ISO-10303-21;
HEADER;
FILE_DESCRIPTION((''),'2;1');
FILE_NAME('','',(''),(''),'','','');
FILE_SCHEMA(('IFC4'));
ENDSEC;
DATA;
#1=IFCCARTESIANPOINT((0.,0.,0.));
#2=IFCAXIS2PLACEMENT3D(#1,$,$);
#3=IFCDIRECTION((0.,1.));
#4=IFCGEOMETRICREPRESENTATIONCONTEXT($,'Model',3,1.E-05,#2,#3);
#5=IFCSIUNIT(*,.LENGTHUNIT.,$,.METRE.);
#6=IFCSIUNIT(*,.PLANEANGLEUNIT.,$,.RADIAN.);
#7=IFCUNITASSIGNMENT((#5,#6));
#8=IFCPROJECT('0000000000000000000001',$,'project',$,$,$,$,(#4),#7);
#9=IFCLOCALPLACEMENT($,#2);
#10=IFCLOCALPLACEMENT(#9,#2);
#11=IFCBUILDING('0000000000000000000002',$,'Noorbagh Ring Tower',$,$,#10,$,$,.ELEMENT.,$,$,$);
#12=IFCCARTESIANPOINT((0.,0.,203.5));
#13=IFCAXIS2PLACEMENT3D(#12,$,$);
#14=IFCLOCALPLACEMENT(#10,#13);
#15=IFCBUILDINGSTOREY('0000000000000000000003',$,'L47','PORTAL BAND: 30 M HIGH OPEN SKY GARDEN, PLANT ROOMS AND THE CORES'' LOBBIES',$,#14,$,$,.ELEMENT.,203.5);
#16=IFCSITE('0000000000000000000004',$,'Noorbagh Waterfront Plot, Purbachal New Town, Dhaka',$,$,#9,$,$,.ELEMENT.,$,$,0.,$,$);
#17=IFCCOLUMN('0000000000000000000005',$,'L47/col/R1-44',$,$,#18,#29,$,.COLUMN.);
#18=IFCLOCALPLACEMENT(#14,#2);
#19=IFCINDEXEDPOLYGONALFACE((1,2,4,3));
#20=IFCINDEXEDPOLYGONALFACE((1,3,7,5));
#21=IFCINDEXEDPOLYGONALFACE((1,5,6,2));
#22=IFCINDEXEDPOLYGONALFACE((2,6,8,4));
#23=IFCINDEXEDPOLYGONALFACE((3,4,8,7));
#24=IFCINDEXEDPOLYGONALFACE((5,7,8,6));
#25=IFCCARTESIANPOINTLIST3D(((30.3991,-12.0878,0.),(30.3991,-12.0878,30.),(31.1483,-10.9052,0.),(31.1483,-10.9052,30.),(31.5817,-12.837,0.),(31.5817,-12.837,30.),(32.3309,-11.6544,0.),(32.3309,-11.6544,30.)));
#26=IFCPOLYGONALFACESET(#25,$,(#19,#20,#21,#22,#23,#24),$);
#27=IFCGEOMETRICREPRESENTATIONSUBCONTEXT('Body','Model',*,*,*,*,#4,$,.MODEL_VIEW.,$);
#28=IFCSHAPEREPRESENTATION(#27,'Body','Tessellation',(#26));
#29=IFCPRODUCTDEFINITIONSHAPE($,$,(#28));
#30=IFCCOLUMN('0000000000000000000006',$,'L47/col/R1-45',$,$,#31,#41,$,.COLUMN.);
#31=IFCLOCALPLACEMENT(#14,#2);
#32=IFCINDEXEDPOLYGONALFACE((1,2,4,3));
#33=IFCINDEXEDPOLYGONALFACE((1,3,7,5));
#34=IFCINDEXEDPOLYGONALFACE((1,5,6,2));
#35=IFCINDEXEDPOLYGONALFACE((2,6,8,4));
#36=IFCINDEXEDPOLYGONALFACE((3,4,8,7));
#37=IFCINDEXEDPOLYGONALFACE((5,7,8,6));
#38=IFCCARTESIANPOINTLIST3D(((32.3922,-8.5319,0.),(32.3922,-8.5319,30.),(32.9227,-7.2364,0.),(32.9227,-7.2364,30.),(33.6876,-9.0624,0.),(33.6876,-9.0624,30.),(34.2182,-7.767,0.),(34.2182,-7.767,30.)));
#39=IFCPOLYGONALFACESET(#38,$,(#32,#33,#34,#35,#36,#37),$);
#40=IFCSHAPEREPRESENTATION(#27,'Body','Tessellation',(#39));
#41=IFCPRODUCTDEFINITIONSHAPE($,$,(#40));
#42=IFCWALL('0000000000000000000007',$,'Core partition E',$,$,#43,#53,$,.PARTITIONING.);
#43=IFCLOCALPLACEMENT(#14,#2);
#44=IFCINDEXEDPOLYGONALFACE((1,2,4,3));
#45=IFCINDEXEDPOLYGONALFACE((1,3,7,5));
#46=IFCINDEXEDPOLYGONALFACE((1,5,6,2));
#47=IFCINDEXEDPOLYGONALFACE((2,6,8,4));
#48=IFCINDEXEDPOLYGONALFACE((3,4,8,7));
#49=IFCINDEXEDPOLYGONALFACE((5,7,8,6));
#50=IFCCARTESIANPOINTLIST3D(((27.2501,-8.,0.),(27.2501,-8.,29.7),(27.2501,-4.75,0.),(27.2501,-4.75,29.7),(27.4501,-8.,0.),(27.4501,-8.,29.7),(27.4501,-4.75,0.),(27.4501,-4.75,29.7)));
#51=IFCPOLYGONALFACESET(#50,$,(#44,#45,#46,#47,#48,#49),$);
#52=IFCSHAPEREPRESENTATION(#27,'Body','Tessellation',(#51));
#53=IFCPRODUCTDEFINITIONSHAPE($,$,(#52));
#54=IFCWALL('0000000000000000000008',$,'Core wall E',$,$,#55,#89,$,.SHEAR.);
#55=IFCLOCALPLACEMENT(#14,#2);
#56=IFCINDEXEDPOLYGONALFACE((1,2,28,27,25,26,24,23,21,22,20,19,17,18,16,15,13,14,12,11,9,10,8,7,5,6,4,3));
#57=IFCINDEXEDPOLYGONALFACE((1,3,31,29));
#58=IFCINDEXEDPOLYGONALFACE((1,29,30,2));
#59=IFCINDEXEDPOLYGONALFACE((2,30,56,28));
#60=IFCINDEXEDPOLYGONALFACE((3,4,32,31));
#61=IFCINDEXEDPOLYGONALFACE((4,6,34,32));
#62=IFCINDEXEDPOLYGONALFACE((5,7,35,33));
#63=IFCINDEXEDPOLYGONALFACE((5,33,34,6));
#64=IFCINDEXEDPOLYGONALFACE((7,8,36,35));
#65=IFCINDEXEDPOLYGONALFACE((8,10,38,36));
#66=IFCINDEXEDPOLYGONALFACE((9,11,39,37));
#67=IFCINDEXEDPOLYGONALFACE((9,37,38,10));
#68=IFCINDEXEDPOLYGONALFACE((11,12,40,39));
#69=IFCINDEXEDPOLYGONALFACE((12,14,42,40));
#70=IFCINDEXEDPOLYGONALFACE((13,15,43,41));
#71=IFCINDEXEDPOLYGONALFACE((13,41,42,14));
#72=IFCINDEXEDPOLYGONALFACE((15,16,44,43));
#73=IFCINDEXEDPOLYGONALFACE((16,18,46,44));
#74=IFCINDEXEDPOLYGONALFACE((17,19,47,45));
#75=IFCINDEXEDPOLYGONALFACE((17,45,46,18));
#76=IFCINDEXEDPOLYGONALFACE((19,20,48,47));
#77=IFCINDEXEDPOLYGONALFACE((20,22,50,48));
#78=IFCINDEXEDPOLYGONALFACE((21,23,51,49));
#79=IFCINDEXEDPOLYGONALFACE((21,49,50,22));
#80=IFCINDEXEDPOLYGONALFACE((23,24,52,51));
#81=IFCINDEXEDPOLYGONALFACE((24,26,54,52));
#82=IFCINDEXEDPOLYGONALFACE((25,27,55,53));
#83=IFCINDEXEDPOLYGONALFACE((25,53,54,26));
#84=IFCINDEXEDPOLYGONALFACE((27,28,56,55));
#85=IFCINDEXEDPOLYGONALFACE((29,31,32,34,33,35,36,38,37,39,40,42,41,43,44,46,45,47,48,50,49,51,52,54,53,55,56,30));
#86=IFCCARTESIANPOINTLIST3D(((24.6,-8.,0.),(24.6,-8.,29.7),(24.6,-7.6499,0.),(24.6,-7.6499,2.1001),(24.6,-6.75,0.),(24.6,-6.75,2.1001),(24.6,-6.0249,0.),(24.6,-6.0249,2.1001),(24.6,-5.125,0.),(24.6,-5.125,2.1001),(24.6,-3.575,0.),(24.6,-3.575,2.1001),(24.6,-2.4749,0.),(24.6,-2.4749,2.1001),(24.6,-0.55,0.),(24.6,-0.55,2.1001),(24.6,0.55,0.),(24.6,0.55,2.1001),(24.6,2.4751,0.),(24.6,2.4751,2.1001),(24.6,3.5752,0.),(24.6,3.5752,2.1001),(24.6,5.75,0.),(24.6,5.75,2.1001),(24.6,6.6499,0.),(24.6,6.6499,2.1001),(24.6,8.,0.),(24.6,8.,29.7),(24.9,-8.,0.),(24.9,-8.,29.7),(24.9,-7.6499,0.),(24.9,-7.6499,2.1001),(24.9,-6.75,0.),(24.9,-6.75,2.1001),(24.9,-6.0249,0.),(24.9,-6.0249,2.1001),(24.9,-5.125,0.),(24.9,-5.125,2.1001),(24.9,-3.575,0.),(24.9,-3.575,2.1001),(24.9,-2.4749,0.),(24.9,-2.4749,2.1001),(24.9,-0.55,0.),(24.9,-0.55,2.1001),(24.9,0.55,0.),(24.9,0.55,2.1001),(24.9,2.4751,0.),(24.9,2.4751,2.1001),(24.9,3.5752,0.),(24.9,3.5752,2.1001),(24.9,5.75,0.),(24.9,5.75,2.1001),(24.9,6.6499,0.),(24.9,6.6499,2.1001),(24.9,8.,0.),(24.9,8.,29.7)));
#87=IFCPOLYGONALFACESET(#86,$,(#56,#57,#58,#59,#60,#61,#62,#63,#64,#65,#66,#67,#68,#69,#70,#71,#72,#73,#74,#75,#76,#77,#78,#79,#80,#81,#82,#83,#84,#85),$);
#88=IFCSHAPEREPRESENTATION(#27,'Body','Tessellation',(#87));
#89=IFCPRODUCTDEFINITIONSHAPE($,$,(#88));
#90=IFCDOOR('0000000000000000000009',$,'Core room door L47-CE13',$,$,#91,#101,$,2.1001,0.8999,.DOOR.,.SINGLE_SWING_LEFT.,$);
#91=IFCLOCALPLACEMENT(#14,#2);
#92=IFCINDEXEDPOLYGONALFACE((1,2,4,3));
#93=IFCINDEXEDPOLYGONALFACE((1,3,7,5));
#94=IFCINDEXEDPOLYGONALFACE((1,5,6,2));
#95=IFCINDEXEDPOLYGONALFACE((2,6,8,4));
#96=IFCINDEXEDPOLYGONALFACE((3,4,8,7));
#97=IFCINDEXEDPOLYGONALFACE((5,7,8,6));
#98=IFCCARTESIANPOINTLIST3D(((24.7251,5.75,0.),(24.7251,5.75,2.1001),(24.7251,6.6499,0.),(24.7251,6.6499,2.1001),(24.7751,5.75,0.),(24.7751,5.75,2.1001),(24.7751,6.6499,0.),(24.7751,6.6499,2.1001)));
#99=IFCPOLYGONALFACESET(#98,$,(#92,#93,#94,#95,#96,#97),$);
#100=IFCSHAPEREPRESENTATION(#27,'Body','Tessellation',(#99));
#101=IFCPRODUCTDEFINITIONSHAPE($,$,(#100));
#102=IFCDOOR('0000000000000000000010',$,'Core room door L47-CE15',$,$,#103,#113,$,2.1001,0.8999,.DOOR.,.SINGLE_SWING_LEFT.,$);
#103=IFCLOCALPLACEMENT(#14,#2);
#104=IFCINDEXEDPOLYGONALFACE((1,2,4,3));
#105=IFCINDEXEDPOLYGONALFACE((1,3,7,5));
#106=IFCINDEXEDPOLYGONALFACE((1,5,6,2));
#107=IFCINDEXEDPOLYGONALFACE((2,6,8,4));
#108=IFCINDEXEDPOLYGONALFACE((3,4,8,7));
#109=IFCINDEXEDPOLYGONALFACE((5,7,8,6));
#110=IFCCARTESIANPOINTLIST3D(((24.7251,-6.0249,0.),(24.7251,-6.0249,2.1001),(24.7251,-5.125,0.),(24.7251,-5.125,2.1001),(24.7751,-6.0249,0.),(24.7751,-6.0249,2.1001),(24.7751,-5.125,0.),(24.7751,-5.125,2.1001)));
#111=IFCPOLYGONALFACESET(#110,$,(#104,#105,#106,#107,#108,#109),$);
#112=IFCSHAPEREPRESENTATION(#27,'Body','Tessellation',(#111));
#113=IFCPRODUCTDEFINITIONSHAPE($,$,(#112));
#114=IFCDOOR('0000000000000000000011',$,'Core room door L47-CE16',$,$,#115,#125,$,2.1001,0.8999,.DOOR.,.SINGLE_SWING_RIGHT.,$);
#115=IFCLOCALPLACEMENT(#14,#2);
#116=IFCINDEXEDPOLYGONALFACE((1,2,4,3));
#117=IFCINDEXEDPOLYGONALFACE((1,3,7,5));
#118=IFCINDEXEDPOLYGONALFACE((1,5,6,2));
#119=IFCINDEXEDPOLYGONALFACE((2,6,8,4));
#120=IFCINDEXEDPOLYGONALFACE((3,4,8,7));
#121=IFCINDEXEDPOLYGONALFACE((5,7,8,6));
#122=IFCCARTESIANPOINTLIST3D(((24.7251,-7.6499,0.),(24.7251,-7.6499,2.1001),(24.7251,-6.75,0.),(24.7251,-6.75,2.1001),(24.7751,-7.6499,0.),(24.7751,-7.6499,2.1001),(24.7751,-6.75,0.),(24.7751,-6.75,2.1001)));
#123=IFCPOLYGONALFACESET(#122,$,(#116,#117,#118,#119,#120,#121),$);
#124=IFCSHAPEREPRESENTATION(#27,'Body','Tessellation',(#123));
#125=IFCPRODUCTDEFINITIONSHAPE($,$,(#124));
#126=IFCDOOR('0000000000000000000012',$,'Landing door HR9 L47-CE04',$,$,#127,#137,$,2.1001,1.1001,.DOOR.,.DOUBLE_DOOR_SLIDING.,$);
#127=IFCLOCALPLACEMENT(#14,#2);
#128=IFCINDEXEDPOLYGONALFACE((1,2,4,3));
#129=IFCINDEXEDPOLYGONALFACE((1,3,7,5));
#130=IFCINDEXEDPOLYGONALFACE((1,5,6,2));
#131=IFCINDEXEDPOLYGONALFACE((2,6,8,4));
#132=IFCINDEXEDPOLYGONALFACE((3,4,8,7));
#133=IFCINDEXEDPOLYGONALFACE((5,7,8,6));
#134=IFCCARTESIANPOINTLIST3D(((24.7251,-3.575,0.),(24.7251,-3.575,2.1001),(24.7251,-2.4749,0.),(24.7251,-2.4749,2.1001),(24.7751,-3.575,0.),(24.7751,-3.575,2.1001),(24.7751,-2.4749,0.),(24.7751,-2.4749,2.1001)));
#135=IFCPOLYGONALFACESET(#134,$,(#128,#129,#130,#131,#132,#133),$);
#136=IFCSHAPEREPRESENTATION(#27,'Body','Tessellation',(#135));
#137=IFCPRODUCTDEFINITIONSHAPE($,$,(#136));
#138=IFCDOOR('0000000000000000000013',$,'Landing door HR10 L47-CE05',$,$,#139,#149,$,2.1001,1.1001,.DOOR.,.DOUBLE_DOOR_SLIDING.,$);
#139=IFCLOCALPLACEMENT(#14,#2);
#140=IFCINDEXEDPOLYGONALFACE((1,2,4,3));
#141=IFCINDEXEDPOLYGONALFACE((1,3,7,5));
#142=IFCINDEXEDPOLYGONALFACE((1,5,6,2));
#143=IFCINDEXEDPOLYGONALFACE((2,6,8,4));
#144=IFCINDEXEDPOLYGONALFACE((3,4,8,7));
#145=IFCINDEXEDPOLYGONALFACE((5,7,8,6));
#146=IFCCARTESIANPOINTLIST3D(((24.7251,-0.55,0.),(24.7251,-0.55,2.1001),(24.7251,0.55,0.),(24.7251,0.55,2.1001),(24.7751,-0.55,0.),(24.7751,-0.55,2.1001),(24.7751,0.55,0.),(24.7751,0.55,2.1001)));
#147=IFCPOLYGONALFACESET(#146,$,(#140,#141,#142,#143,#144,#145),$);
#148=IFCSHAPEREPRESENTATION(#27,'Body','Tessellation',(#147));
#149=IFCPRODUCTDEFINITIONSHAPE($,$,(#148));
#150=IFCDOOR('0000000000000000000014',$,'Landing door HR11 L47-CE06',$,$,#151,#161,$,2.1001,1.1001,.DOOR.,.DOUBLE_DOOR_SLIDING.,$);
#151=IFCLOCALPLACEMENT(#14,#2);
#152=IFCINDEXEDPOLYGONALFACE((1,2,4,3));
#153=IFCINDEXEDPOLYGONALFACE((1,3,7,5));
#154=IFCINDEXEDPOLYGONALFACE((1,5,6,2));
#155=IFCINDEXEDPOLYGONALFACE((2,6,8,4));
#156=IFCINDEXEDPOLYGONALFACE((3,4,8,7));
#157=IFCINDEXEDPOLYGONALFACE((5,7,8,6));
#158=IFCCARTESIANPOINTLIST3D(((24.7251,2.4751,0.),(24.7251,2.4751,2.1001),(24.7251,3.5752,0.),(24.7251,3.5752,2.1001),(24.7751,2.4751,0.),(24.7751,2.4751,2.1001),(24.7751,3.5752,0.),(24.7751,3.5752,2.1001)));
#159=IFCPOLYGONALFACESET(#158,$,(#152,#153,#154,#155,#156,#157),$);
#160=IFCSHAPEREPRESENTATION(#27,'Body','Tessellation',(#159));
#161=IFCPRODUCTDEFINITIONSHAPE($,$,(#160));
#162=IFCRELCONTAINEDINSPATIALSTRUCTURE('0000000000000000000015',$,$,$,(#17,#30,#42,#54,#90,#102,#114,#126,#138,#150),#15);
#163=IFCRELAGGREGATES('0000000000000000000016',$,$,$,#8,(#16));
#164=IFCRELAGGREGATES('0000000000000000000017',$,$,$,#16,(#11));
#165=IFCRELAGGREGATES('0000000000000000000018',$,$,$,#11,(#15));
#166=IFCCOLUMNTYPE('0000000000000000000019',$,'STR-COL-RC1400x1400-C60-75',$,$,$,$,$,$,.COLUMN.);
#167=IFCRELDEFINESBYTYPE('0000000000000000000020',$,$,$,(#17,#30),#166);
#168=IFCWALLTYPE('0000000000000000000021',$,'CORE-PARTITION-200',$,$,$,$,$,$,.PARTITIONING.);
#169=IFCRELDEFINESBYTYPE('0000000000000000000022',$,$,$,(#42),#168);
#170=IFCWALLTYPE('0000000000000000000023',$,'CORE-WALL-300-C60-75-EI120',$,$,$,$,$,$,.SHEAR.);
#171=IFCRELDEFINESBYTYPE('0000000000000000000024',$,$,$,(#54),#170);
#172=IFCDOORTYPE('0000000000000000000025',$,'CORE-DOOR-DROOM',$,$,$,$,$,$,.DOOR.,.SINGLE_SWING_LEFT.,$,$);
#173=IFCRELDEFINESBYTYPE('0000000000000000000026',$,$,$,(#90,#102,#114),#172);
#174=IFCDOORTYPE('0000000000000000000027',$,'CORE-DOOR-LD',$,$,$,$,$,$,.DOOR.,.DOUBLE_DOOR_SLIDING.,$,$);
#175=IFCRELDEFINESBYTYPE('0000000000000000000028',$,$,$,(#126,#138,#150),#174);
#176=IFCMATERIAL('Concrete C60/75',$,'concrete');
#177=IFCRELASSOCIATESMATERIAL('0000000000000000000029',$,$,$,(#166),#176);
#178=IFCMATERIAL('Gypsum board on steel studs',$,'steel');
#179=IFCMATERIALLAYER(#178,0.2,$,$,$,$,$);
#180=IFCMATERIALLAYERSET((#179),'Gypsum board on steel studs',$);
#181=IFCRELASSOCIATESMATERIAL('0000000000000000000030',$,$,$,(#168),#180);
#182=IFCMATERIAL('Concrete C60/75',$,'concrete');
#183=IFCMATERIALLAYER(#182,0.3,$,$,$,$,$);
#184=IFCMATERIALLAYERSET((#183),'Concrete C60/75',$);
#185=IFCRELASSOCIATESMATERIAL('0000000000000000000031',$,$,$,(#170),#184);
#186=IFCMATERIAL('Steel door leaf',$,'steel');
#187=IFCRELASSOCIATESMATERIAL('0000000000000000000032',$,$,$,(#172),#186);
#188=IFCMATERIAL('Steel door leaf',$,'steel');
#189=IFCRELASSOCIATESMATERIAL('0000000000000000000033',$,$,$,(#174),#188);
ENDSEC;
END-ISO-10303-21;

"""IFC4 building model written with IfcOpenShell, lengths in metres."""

from ifc_helpers import new_model, si_unit, direction, frame, frame_2d, origin, origin_2d, place, context, subcontext, project, spatial, rectangle, extrude, material, layer, layer_set, material_profile, profile_set, type_object, element, fill, save


model = new_model("IFC4")

# Units and contexts
model_context = context("Model", 3, precision=1e-05, world=origin(), true_north=direction((0.0, 1.0)))
body_context = subcontext(model_context, "Body", "Model", "MODEL_VIEW")
ifc_project = project(units=[si_unit("LENGTHUNIT", "METRE"), si_unit("PLANEANGLEUNIT", "RADIAN")], contexts=[model_context])

# Site, building, storey
site_placement = place(None, origin())
site = spatial("IfcSite", under=ifc_project, at=site_placement, Name="Noorbagh Waterfront Plot, Purbachal New Town, Dhaka", CompositionType="ELEMENT", RefElevation=0.0)
building_placement = place(site_placement, origin())
building = spatial("IfcBuilding", under=site, at=building_placement, Name="Noorbagh Ring Tower", CompositionType="ELEMENT")
storey_placement = place(building_placement, frame((0.0, 0.0, 203.5)))
storey = spatial("IfcBuildingStorey", under=building, at=storey_placement, Name="L47", Description="PORTAL BAND: 30 M HIGH OPEN SKY GARDEN, PLANT ROOMS AND THE CORES' LOBBIES", CompositionType="ELEMENT", Elevation=203.5)

# Columns
ifc_material_1 = material(Name="Concrete C60/75", Category="concrete")
ifc_material_profile = material_profile(ifc_material_1, rectangle(XDim=1.3999, YDim=1.3999, at=origin_2d()), Name="RC1400x1400")
ifc_profile_set = profile_set([ifc_material_profile], Name="Concrete C60/75")
column_type = type_object("IfcColumnType", Name="STR-COL-RC1400x1400-C60-75", PredefinedType="COLUMN", material=ifc_profile_set)
for number, where, z_axis, x_axis, name in (
    (1, (31.365, -11.8711, 0.0), (0.0, 0.0, 1.0), (0.53519, 0.844731, 0.0), "L47/col/R1-44"),
    (2, (33.3052, -8.1494, 0.0), (0.0, 0.0, 1.0), (0.378989, 0.925401, 0.0), "L47/col/R1-45"),
):
    element("IfcColumn", number, at=place(storey_placement, frame(where, z_axis=z_axis, x_axis=x_axis)), inside=storey, type_object=column_type, Name=name, PredefinedType="COLUMN", context=body_context, shape_type="SweptSolid", body=[
        extrude(rectangle(XDim=1.3999, YDim=1.3999, at=origin_2d()), origin(), (0.0, 0.0, 1.0), 30.0),
    ])

# Wall
ifc_material_2 = material(Name="Gypsum board on steel studs", Category="steel")
ifc_layer_1 = layer(ifc_material_2, 0.2)
ifc_layer_set_1 = layer_set([ifc_layer_1], Name="Gypsum board on steel studs")
wall_type_1 = type_object("IfcWallType", Name="CORE-PARTITION-200", PredefinedType="PARTITIONING", material=ifc_layer_set_1)
wall_1_placement = place(storey_placement, frame((27.3501, -8.0, 0.0), z_axis=(0.0, 0.0, 1.0), x_axis=(0.0, 1.0, 0.0)))
element("IfcWall", 3, at=wall_1_placement, inside=storey, type_object=wall_type_1, Name="Core partition E", PredefinedType="PARTITIONING", context=body_context, shape_type="SweptSolid", body=[
    extrude(rectangle(XDim=3.25, YDim=0.2, at=frame_2d((1.625, 0.0))), origin(), (0.0, 0.0, 1.0), 29.7),
])

# Wall, openings, doors
ifc_material_3 = material(Name="Concrete C60/75", Category="concrete")
ifc_layer_2 = layer(ifc_material_3, 0.3)
ifc_layer_set_2 = layer_set([ifc_layer_2], Name="Concrete C60/75")
wall_type_2 = type_object("IfcWallType", Name="CORE-WALL-300-C60-75-EI120", PredefinedType="SHEAR", material=ifc_layer_set_2)
wall_2_placement = place(storey_placement, frame((24.75, -8.0, 0.0), z_axis=(0.0, 0.0, 1.0), x_axis=(0.0, 1.0, 0.0)))
wall_2 = element("IfcWall", 4, at=wall_2_placement, inside=storey, type_object=wall_type_2, Name="Core wall E", PredefinedType="SHEAR", context=body_context, shape_type="SweptSolid", body=[
    extrude(rectangle(XDim=16.0, YDim=0.3, at=frame_2d((8.0, 0.0))), origin(), (0.0, 0.0, 1.0), 29.7),
])
opening_1_placement = place(wall_2_placement, frame((4.425, 0.0, 0.0)))
opening_1 = element("IfcOpeningElement", 5, at=opening_1_placement, cuts=wall_2, PredefinedType="OPENING", context=body_context, shape_type="SweptSolid", body=[
    extrude(rectangle(XDim=1.1001, YDim=2.1001, at=frame_2d((0.55, 1.05))), frame((0.0, 0.1602, 0.0), z_axis=(0.0, -1.0, 0.0), x_axis=(1.0, 0.0, 0.0)), (0.0, 0.0, 1.0), 0.3201),
])
opening_2_placement = place(wall_2_placement, frame((7.45, 0.0, 0.0)))
opening_2 = element("IfcOpeningElement", 6, at=opening_2_placement, cuts=wall_2, PredefinedType="OPENING", context=body_context, shape_type="SweptSolid", body=[
    extrude(rectangle(XDim=1.1001, YDim=2.1001, at=frame_2d((0.55, 1.05))), frame((0.0, 0.1602, 0.0), z_axis=(0.0, -1.0, 0.0), x_axis=(1.0, 0.0, 0.0)), (0.0, 0.0, 1.0), 0.3201),
])
opening_3_placement = place(wall_2_placement, frame((10.4751, 0.0, 0.0)))
opening_3 = element("IfcOpeningElement", 7, at=opening_3_placement, cuts=wall_2, PredefinedType="OPENING", context=body_context, shape_type="SweptSolid", body=[
    extrude(rectangle(XDim=1.1001, YDim=2.1001, at=frame_2d((0.55, 1.05))), frame((0.0, 0.1602, 0.0), z_axis=(0.0, -1.0, 0.0), x_axis=(1.0, 0.0, 0.0)), (0.0, 0.0, 1.0), 0.3201),
])
opening_4_placement = place(wall_2_placement, frame((13.75, 0.0, 0.0)))
opening_4 = element("IfcOpeningElement", 8, at=opening_4_placement, cuts=wall_2, PredefinedType="OPENING", context=body_context, shape_type="SweptSolid", body=[
    extrude(rectangle(XDim=0.8999, YDim=2.1001, at=frame_2d((0.45, 1.05))), frame((0.0, 0.1602, 0.0), z_axis=(0.0, -1.0, 0.0), x_axis=(1.0, 0.0, 0.0)), (0.0, 0.0, 1.0), 0.3201),
])
opening_5_placement = place(wall_2_placement, frame((1.9751, 0.0, 0.0)))
opening_5 = element("IfcOpeningElement", 9, at=opening_5_placement, cuts=wall_2, PredefinedType="OPENING", context=body_context, shape_type="SweptSolid", body=[
    extrude(rectangle(XDim=0.8999, YDim=2.1001, at=frame_2d((0.45, 1.05))), frame((0.0, 0.1602, 0.0), z_axis=(0.0, -1.0, 0.0), x_axis=(1.0, 0.0, 0.0)), (0.0, 0.0, 1.0), 0.3201),
])
opening_6_placement = place(wall_2_placement, frame((0.3501, 0.0, 0.0)))
opening_6 = element("IfcOpeningElement", 10, at=opening_6_placement, cuts=wall_2, PredefinedType="OPENING", context=body_context, shape_type="SweptSolid", body=[
    extrude(rectangle(XDim=0.8999, YDim=2.1001, at=frame_2d((0.45, 1.05))), frame((0.0, 0.1602, 0.0), z_axis=(0.0, -1.0, 0.0), x_axis=(1.0, 0.0, 0.0)), (0.0, 0.0, 1.0), 0.3201),
])
ifc_material_4 = material(Name="Steel door leaf", Category="steel")
door_type_1 = type_object("IfcDoorType", Name="CORE-DOOR-DROOM", OperationType="SINGLE_SWING_LEFT", PredefinedType="DOOR", material=ifc_material_4)
door_1_placement = place(opening_4_placement, origin())
door_1 = element("IfcDoor", 11, at=door_1_placement, inside=storey, type_object=door_type_1, Name="Core room door L47-CE13", OperationType="SINGLE_SWING_LEFT", OverallHeight=2.1001, OverallWidth=0.8999, PredefinedType="DOOR", context=body_context, shape_type="SweptSolid", body=[
    extrude(rectangle(XDim=0.8999, YDim=2.1001, at=frame_2d((0.45, 1.05))), frame((0.0, 0.0249, 0.0), z_axis=(0.0, -1.0, 0.0), x_axis=(1.0, 0.0, 0.0)), (0.0, 0.0, 1.0), 0.05),
])
fill(opening_4, door_1)
door_2_placement = place(opening_5_placement, origin())
door_2 = element("IfcDoor", 12, at=door_2_placement, inside=storey, type_object=door_type_1, Name="Core room door L47-CE15", OperationType="SINGLE_SWING_LEFT", OverallHeight=2.1001, OverallWidth=0.8999, PredefinedType="DOOR", context=body_context, shape_type="SweptSolid", body=[
    extrude(rectangle(XDim=0.8999, YDim=2.1001, at=frame_2d((0.45, 1.05))), frame((0.0, 0.0249, 0.0), z_axis=(0.0, -1.0, 0.0), x_axis=(1.0, 0.0, 0.0)), (0.0, 0.0, 1.0), 0.05),
])
fill(opening_5, door_2)
door_3_placement = place(opening_6_placement, origin())
door_3 = element("IfcDoor", 13, at=door_3_placement, inside=storey, type_object=door_type_1, Name="Core room door L47-CE16", OperationType="SINGLE_SWING_RIGHT", OverallHeight=2.1001, OverallWidth=0.8999, PredefinedType="DOOR", context=body_context, shape_type="SweptSolid", body=[
    extrude(rectangle(XDim=0.8999, YDim=2.1001, at=frame_2d((0.45, 1.05))), frame((0.0, 0.0249, 0.0), z_axis=(0.0, -1.0, 0.0), x_axis=(1.0, 0.0, 0.0)), (0.0, 0.0, 1.0), 0.05),
])
fill(opening_6, door_3)
ifc_material_5 = material(Name="Steel door leaf", Category="steel")
door_type_2 = type_object("IfcDoorType", Name="CORE-DOOR-LD", OperationType="DOUBLE_DOOR_SLIDING", PredefinedType="DOOR", material=ifc_material_5)
door_4_placement = place(opening_1_placement, origin())
door_4 = element("IfcDoor", 14, at=door_4_placement, inside=storey, type_object=door_type_2, Name="Landing door HR9 L47-CE04", OperationType="DOUBLE_DOOR_SLIDING", OverallHeight=2.1001, OverallWidth=1.1001, PredefinedType="DOOR", context=body_context, shape_type="SweptSolid", body=[
    extrude(rectangle(XDim=1.1001, YDim=2.1001, at=frame_2d((0.55, 1.05))), frame((0.0, 0.0249, 0.0), z_axis=(0.0, -1.0, 0.0), x_axis=(1.0, 0.0, 0.0)), (0.0, 0.0, 1.0), 0.05),
])
fill(opening_1, door_4)
door_5_placement = place(opening_2_placement, origin())
door_5 = element("IfcDoor", 15, at=door_5_placement, inside=storey, type_object=door_type_2, Name="Landing door HR10 L47-CE05", OperationType="DOUBLE_DOOR_SLIDING", OverallHeight=2.1001, OverallWidth=1.1001, PredefinedType="DOOR", context=body_context, shape_type="SweptSolid", body=[
    extrude(rectangle(XDim=1.1001, YDim=2.1001, at=frame_2d((0.55, 1.05))), frame((0.0, 0.0249, 0.0), z_axis=(0.0, -1.0, 0.0), x_axis=(1.0, 0.0, 0.0)), (0.0, 0.0, 1.0), 0.05),
])
fill(opening_2, door_5)
door_6_placement = place(opening_3_placement, origin())
door_6 = element("IfcDoor", 16, at=door_6_placement, inside=storey, type_object=door_type_2, Name="Landing door HR11 L47-CE06", OperationType="DOUBLE_DOOR_SLIDING", OverallHeight=2.1001, OverallWidth=1.1001, PredefinedType="DOOR", context=body_context, shape_type="SweptSolid", body=[
    extrude(rectangle(XDim=1.1001, YDim=2.1001, at=frame_2d((0.55, 1.05))), frame((0.0, 0.0249, 0.0), z_axis=(0.0, -1.0, 0.0), x_axis=(1.0, 0.0, 0.0)), (0.0, 0.0, 1.0), 0.05),
])
fill(opening_3, door_6)

save(model, "model.ifc")
